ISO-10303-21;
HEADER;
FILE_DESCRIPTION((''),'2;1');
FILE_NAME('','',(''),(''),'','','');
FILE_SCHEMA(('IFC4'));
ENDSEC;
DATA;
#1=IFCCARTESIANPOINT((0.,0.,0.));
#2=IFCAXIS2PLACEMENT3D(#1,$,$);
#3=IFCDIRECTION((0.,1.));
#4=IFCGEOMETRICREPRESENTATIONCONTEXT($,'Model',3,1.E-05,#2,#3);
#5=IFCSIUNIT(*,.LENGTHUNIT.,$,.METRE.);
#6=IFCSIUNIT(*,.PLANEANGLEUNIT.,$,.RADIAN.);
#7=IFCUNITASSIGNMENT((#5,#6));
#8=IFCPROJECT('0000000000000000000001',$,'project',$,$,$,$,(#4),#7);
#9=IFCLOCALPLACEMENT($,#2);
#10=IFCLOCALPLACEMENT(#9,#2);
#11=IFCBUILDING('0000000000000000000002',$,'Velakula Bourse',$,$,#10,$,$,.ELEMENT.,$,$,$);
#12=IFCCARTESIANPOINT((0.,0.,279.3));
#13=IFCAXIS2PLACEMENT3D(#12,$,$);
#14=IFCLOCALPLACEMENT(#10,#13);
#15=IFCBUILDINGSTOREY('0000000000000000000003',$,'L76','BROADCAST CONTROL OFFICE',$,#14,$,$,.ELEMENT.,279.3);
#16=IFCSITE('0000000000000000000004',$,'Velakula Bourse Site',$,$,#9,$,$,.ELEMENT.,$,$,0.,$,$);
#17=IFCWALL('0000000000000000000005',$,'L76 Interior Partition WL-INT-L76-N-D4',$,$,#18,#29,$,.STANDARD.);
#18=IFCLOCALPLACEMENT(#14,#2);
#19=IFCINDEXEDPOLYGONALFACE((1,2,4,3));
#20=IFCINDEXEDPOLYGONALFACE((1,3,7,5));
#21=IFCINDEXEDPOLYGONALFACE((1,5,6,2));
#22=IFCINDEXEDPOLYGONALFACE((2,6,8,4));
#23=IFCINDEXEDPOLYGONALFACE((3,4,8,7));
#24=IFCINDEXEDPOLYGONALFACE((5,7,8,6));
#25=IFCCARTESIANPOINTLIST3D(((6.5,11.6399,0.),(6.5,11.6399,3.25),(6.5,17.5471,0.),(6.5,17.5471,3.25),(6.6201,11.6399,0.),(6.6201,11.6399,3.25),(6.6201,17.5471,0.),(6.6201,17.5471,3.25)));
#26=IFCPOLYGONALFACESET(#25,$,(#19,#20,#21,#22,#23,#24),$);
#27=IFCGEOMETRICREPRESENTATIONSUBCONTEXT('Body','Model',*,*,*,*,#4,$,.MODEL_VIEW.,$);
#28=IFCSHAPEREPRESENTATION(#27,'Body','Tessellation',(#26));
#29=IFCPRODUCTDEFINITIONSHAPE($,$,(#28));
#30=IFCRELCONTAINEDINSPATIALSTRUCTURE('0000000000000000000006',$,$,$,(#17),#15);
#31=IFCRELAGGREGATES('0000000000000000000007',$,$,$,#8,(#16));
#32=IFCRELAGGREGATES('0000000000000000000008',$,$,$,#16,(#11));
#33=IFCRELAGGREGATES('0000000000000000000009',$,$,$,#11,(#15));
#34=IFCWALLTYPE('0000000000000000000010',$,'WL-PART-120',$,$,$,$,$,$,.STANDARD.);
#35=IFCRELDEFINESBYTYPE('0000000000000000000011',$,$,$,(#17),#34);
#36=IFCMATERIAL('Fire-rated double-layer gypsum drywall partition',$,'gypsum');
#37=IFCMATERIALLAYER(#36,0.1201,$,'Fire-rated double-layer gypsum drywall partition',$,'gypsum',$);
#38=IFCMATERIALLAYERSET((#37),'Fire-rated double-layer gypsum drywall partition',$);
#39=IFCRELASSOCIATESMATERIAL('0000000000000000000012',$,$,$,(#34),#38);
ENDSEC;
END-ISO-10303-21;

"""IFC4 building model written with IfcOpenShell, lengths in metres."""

from ifc_helpers import new_model, si_unit, direction, frame, frame_2d, origin, place, context, subcontext, project, spatial, rectangle, extrude, material, layer, layer_set, type_object, element, save


model = new_model("IFC4")

# Units and contexts
model_context = context("Model", 3, precision=1e-05, world=origin(), true_north=direction((0.0, 1.0)))
body_context = subcontext(model_context, "Body", "Model", "MODEL_VIEW")
ifc_project = project(units=[si_unit("LENGTHUNIT", "METRE"), si_unit("PLANEANGLEUNIT", "RADIAN")], contexts=[model_context])

# Site, building, storey
site_placement = place(None, origin())
site = spatial("IfcSite", under=ifc_project, at=site_placement, Name="Velakula Bourse Site", CompositionType="ELEMENT", RefElevation=0.0)
building_placement = place(site_placement, origin())
building = spatial("IfcBuilding", under=site, at=building_placement, Name="Velakula Bourse", CompositionType="ELEMENT")
storey_placement = place(building_placement, frame((0.0, 0.0, 279.3)))
storey = spatial("IfcBuildingStorey", under=building, at=storey_placement, Name="L76", Description="BROADCAST CONTROL OFFICE", CompositionType="ELEMENT", Elevation=279.3)

# Wall
ifc_material_1 = material(Name="Fire-rated double-layer gypsum drywall partition", Category="gypsum")
ifc_layer_1 = layer(ifc_material_1, 0.1201, Name="Fire-rated double-layer gypsum drywall partition", Category="gypsum")
ifc_layer_set_1 = layer_set([ifc_layer_1], Name="Fire-rated double-layer gypsum drywall partition")
wall_type_1 = type_object("IfcWallType", Name="WL-PART-120", PredefinedType="STANDARD", material=ifc_layer_set_1)
wall_1_placement = place(storey_placement, frame((6.5601, 11.6399, 0.0), z_axis=(0.0, 0.0, 1.0), x_axis=(0.0, 1.0, 0.0)))
element("IfcWall", 1, at=wall_1_placement, inside=storey, type_object=wall_type_1, Name="L76 Interior Partition WL-INT-L76-N-D4", PredefinedType="STANDARD", context=body_context, shape_type="SweptSolid", body=[
    extrude(rectangle(XDim=5.9072, YDim=0.1201, at=frame_2d((2.9536, 0.0))), origin(), (0.0, 0.0, 1.0), 3.25),
])

save(model, "model.ifc")
